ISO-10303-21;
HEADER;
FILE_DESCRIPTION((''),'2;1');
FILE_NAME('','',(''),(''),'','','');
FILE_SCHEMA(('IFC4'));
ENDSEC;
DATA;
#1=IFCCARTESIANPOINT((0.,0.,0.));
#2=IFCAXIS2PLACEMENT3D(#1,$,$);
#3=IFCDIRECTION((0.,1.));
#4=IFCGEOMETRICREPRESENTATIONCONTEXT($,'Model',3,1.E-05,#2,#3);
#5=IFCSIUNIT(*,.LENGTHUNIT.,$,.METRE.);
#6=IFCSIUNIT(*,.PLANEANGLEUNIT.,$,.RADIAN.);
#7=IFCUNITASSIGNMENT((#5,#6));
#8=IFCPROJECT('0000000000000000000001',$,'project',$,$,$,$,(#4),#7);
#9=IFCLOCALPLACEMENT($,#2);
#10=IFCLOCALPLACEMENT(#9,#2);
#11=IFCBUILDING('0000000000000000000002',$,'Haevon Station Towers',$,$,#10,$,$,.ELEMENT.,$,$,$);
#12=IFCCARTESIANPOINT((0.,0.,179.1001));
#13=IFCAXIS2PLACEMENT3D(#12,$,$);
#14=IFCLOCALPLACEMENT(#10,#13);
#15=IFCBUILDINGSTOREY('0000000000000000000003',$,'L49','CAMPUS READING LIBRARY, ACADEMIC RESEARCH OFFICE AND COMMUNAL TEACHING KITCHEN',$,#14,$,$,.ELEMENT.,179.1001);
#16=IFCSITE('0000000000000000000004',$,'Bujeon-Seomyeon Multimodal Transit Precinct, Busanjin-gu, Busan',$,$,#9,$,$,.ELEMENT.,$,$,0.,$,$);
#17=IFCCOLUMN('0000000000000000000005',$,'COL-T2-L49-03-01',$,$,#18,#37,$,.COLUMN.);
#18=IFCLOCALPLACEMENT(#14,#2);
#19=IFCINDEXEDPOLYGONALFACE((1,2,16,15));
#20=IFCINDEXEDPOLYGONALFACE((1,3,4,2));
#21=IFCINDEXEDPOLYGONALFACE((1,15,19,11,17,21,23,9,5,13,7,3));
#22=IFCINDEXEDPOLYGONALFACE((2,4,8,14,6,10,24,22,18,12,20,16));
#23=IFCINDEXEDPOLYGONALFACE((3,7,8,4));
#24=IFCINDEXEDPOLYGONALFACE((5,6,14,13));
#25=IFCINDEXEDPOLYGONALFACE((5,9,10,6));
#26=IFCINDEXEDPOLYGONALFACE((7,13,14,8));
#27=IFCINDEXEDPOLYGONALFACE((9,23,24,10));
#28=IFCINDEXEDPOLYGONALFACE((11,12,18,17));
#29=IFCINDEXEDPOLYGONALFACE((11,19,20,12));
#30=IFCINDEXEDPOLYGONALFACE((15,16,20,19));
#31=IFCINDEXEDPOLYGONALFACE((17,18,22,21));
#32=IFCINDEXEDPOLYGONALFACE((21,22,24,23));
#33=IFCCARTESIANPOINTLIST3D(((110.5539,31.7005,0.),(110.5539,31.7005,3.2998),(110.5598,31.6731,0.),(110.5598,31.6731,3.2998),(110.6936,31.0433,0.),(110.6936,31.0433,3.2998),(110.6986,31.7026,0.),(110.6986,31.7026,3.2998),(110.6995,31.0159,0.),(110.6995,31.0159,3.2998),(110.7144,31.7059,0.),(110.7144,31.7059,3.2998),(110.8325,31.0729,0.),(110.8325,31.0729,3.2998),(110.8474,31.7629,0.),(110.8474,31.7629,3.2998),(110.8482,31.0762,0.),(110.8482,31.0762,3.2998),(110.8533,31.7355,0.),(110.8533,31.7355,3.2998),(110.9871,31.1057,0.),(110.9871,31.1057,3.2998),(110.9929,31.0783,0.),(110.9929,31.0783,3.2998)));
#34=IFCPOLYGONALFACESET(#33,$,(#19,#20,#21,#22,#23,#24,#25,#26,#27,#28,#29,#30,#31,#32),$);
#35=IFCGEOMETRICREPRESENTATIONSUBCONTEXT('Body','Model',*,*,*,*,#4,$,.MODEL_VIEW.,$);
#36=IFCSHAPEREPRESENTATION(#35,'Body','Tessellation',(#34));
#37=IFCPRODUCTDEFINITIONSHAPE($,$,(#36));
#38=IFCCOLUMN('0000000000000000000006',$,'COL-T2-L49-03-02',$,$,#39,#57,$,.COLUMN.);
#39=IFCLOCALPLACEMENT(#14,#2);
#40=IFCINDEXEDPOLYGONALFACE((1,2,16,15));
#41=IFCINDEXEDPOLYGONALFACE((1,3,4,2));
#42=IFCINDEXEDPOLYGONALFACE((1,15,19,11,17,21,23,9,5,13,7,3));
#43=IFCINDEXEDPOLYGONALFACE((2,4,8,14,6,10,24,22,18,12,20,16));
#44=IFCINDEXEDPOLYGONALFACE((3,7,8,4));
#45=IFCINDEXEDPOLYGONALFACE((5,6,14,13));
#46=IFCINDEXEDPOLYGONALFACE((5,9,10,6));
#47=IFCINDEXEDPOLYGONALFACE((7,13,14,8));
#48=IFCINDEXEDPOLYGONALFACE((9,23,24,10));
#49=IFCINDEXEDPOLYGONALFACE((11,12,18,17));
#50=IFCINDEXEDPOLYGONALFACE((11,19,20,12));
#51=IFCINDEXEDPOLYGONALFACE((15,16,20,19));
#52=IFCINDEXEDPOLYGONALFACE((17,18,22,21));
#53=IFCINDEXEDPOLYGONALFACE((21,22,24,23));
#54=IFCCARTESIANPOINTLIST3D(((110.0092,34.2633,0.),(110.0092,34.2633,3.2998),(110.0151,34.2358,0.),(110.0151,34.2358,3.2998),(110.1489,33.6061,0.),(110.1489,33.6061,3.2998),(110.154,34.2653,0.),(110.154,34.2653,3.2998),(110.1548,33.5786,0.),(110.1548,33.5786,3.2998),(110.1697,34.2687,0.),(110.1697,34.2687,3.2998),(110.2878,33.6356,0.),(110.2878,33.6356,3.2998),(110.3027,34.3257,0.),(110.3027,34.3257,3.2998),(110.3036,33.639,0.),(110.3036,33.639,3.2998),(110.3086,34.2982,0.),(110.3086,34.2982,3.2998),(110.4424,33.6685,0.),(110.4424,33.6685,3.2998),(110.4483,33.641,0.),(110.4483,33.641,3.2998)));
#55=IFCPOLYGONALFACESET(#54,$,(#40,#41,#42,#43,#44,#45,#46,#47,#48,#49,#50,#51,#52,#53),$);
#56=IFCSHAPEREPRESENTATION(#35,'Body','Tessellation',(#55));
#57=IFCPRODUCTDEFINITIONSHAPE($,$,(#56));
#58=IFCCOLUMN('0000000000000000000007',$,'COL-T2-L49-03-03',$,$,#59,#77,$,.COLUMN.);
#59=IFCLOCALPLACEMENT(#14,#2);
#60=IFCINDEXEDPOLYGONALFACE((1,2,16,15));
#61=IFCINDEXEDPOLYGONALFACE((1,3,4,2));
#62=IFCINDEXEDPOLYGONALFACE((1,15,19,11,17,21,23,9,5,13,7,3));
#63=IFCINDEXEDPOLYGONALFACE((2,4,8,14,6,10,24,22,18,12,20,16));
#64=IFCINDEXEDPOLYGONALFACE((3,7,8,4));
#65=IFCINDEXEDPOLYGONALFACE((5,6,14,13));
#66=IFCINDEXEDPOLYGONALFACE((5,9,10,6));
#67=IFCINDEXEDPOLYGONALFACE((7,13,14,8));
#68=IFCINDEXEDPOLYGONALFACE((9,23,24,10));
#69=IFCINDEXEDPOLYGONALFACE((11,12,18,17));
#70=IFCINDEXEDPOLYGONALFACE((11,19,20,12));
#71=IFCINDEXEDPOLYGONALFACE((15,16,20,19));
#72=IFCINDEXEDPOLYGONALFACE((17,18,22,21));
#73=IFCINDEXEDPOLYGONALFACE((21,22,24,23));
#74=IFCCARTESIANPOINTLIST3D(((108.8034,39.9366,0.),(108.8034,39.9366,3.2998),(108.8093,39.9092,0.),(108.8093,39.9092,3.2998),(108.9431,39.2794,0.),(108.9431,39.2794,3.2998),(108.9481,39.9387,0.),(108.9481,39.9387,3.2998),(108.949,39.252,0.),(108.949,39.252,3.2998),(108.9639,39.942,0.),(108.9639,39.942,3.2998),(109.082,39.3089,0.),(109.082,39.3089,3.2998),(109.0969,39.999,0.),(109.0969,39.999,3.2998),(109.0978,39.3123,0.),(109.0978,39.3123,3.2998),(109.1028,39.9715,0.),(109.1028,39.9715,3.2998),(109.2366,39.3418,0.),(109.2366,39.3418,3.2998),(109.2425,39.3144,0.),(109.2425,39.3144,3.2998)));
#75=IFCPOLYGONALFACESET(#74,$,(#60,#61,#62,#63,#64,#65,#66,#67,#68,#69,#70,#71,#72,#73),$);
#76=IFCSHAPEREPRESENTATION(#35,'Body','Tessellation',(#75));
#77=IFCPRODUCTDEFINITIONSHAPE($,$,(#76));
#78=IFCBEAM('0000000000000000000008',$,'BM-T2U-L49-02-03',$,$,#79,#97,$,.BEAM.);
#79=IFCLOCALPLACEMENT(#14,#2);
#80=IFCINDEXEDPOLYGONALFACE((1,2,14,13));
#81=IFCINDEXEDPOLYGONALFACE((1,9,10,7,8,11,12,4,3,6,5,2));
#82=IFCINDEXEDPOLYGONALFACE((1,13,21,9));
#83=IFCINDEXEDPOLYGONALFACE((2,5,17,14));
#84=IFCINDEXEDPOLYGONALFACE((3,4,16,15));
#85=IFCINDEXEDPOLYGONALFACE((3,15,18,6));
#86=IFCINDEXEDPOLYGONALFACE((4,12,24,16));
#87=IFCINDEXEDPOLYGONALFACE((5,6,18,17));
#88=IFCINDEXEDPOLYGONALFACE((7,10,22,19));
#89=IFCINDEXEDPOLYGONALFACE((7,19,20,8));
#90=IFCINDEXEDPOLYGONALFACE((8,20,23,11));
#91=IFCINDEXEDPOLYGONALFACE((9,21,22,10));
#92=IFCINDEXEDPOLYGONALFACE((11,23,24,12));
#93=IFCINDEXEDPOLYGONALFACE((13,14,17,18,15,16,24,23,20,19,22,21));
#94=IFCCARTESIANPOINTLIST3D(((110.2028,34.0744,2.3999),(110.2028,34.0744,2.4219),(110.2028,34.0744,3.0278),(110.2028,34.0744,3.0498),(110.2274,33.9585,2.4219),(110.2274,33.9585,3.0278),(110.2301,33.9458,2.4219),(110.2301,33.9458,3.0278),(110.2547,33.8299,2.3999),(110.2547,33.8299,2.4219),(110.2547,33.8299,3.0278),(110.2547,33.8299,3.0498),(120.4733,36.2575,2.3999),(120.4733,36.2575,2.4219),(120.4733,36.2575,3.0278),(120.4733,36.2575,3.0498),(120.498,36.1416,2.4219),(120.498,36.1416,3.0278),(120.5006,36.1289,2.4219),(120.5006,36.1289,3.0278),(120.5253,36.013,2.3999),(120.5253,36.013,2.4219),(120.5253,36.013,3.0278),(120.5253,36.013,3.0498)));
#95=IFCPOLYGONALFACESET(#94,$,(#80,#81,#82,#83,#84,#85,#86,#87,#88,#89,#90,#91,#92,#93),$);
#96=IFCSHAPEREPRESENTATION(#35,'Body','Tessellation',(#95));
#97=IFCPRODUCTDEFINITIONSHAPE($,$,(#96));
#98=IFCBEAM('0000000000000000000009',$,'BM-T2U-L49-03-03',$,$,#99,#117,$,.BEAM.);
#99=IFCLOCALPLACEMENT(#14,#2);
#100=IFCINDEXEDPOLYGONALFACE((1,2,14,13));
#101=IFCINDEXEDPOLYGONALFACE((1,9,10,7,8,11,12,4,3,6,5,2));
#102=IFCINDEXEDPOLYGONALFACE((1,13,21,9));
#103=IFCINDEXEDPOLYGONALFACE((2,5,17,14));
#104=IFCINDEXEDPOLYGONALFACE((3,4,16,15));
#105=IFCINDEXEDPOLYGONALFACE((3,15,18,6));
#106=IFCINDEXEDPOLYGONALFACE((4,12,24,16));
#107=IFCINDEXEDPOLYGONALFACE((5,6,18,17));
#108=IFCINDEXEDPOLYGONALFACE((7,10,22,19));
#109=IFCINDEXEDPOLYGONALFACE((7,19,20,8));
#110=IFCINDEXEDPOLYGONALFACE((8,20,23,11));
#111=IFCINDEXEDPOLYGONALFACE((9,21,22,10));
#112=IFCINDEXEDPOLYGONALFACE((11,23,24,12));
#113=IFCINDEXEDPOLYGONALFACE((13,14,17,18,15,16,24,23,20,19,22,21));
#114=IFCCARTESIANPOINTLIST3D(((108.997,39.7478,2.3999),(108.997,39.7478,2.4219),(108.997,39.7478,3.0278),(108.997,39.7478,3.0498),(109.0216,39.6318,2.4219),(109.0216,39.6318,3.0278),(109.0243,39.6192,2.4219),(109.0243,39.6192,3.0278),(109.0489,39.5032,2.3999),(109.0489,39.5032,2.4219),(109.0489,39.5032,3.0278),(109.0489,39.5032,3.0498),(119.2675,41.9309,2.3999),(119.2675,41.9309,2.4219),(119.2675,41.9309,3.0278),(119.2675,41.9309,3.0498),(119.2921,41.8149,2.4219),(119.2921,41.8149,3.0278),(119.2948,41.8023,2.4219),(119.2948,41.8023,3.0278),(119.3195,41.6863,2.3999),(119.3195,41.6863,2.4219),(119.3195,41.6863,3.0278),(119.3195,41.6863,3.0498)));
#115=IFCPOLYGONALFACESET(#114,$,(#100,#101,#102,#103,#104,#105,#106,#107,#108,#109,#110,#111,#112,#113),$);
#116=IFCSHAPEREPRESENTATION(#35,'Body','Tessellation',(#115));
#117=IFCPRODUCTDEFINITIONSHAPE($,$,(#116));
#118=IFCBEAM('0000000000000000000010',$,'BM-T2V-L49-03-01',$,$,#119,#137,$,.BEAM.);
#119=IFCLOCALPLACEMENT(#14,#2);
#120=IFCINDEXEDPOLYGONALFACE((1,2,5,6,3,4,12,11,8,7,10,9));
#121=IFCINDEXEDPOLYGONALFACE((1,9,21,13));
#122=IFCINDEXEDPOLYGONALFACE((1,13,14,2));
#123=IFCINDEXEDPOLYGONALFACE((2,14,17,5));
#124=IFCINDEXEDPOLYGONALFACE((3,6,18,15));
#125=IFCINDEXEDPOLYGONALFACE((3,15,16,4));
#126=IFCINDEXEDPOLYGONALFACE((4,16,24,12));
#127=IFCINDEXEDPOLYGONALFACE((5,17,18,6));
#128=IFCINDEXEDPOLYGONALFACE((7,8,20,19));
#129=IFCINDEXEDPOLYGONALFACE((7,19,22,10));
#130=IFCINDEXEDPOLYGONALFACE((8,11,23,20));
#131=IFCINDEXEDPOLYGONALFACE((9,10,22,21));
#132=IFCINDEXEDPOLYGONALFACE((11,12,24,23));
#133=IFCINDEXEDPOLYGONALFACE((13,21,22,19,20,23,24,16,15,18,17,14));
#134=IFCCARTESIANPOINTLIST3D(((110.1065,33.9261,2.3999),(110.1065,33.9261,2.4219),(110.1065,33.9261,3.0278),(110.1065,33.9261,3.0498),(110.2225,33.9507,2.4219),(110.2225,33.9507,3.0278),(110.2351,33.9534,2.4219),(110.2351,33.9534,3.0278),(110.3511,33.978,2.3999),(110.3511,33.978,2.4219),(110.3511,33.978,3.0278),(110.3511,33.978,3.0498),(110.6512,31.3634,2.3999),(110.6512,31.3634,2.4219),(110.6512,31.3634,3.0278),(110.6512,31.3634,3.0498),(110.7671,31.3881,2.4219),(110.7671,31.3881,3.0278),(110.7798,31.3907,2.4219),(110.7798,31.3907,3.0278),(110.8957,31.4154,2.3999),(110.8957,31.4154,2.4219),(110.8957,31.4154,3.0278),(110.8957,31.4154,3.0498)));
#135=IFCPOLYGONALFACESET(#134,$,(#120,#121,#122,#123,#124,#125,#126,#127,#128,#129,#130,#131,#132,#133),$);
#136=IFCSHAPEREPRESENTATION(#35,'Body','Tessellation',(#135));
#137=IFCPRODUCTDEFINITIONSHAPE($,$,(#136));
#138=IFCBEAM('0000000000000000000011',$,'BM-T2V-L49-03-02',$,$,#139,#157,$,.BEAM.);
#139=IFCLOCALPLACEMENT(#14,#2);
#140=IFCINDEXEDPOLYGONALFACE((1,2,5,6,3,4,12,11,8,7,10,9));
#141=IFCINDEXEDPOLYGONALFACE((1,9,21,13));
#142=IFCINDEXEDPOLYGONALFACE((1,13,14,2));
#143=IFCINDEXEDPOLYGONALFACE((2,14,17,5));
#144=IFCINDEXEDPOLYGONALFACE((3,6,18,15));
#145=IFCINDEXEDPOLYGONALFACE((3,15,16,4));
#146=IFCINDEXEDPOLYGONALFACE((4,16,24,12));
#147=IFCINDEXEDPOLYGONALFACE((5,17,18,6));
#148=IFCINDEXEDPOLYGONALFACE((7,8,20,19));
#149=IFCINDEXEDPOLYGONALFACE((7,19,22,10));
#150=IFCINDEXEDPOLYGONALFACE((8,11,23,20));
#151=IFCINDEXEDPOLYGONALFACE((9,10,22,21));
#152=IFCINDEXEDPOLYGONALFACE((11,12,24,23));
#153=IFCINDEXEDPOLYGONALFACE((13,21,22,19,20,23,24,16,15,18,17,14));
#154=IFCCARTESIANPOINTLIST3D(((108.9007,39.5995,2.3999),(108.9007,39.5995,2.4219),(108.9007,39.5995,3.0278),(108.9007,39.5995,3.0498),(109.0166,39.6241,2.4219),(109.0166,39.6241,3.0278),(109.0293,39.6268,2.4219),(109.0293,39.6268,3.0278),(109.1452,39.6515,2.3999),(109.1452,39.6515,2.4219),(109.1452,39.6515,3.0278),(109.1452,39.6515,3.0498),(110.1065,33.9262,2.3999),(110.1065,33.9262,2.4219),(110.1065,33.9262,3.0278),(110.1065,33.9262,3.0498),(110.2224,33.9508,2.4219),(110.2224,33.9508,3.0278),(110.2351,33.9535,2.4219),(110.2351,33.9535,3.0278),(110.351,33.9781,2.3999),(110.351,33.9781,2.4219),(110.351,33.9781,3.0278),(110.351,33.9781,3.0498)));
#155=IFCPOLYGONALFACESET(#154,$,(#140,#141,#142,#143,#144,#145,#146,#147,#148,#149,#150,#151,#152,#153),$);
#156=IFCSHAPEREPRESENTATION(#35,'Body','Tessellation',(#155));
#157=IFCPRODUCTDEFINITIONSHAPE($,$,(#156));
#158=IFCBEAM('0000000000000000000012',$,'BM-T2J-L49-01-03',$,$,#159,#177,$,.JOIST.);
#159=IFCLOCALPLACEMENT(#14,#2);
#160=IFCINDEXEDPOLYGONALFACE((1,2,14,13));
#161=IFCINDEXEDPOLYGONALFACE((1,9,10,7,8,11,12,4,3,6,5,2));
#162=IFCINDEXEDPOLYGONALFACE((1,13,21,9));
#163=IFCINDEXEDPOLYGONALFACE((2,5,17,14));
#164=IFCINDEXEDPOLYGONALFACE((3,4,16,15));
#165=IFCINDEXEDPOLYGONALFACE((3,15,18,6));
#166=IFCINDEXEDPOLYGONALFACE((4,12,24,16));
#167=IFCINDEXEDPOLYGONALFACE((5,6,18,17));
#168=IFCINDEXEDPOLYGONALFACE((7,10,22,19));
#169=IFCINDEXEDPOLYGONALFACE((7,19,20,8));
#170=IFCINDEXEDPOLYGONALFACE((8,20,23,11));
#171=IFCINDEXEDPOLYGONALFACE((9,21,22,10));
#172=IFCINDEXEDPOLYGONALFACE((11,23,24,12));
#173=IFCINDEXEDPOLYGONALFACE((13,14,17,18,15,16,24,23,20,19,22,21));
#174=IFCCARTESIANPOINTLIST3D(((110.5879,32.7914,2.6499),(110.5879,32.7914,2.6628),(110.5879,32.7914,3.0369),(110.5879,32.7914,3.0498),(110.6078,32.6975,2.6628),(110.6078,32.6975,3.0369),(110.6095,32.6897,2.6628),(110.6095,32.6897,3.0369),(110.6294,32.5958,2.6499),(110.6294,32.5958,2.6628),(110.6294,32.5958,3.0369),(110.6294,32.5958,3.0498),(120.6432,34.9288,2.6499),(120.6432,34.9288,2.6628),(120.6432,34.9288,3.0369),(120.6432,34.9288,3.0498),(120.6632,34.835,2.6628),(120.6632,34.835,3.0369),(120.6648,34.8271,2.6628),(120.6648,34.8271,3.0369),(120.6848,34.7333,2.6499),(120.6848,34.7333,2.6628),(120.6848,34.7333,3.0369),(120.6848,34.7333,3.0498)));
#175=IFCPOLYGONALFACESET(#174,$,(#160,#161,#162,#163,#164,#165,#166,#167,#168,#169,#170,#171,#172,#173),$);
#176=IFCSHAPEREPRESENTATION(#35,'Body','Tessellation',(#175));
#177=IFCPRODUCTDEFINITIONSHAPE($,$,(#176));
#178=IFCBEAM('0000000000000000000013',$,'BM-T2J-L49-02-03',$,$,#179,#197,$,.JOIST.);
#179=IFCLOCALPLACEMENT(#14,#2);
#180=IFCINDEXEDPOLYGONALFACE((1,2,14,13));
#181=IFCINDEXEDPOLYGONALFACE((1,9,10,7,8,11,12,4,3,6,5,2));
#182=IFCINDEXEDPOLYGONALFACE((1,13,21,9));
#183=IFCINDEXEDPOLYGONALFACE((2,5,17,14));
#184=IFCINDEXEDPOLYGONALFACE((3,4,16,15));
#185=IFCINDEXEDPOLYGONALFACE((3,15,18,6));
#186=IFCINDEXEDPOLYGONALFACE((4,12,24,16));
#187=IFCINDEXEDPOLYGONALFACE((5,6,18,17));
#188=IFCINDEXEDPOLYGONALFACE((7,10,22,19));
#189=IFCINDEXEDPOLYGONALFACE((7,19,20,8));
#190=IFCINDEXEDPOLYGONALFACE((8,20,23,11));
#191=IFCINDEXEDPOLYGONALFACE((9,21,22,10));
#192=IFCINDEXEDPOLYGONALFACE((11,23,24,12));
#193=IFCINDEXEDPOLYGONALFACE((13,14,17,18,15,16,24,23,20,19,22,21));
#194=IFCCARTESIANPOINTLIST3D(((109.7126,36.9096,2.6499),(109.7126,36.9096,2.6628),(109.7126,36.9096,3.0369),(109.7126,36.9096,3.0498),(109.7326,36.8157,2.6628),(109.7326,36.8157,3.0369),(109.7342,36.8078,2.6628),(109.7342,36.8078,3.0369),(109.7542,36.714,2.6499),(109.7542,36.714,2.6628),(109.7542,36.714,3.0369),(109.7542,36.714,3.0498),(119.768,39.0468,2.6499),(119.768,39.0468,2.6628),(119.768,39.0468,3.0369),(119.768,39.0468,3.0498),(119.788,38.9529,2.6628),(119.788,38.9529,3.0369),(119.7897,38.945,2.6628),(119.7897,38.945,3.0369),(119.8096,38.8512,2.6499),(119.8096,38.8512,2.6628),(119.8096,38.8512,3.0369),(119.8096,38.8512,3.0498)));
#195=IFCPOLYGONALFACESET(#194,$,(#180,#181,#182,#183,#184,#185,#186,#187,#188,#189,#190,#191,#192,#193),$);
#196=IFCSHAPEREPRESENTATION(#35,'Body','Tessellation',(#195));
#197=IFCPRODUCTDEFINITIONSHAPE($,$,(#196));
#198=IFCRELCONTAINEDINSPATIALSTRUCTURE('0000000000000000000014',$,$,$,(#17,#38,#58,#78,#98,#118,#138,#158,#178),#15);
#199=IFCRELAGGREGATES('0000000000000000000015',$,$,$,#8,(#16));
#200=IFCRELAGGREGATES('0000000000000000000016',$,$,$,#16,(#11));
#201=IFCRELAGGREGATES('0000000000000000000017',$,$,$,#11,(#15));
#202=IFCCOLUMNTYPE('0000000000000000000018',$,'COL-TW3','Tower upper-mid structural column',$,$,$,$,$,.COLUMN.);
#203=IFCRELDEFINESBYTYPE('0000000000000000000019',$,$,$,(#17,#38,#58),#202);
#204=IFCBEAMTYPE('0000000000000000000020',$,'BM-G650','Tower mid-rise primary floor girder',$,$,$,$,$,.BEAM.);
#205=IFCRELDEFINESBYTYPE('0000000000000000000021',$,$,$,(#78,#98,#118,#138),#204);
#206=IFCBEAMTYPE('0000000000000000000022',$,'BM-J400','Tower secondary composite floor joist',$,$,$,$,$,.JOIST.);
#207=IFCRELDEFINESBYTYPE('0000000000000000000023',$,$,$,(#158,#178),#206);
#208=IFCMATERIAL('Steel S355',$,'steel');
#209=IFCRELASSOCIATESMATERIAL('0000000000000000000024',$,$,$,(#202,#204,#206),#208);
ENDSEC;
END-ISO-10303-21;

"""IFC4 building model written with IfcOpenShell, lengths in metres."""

from ifc_helpers import new_model, si_unit, direction, frame, origin, origin_2d, place, context, subcontext, project, spatial, i_section, extrude, material, material_profile, profile_set, type_object, element, save


model = new_model("IFC4")

# Units and contexts
model_context = context("Model", 3, precision=1e-05, world=origin(), true_north=direction((0.0, 1.0)))
body_context = subcontext(model_context, "Body", "Model", "MODEL_VIEW")
ifc_project = project(units=[si_unit("LENGTHUNIT", "METRE"), si_unit("PLANEANGLEUNIT", "RADIAN")], contexts=[model_context])

# Site, building, storey
site_placement = place(None, origin())
site = spatial("IfcSite", under=ifc_project, at=site_placement, Name="Bujeon-Seomyeon Multimodal Transit Precinct, Busanjin-gu, Busan", CompositionType="ELEMENT", RefElevation=0.0)
building_placement = place(site_placement, origin())
building = spatial("IfcBuilding", under=site, at=building_placement, Name="Haevon Station Towers", CompositionType="ELEMENT")
storey_placement = place(building_placement, frame((0.0, 0.0, 179.1001)))
storey = spatial("IfcBuildingStorey", under=building, at=storey_placement, Name="L49", Description="CAMPUS READING LIBRARY, ACADEMIC RESEARCH OFFICE AND COMMUNAL TEACHING KITCHEN", CompositionType="ELEMENT", Elevation=179.1001)

# Columns
ifc_material_1 = material(Name="Steel S355", Category="steel")
ifc_material_profile_1 = material_profile(ifc_material_1, i_section(OverallWidth=0.3, OverallDepth=0.7, WebThickness=0.0161, FlangeThickness=0.0281, at=origin_2d()), Name="H-700x300x16x28")
ifc_profile_set_1 = profile_set([ifc_material_profile_1], Name="Steel S355")
column_type = type_object("IfcColumnType", Name="COL-TW3", Description="Tower upper-mid structural column", PredefinedType="COLUMN", material=ifc_profile_set_1)
for number, where, z_axis, x_axis, name in (
    (1, (110.7734, 31.3894, 0.0), (0.0, 0.0, 1.0), (0.978148, 0.207912, 0.0), "COL-T2-L49-03-01"),
    (2, (110.2288, 33.9521, 0.0), (0.0, 0.0, 1.0), (0.978148, 0.207912, 0.0), "COL-T2-L49-03-02"),
    (3, (109.0229, 39.6255, 0.0), (0.0, 0.0, 1.0), (0.978148, 0.207912, 0.0), "COL-T2-L49-03-03"),
):
    element("IfcColumn", number, at=place(storey_placement, frame(where, z_axis=z_axis, x_axis=x_axis)), inside=storey, type_object=column_type, Name=name, PredefinedType="COLUMN", context=body_context, shape_type="SweptSolid", body=[
        extrude(i_section(OverallWidth=0.3, OverallDepth=0.7, WebThickness=0.0161, FlangeThickness=0.0281, at=origin_2d()), origin(), (0.0, 0.0, 1.0), 3.2998),
    ])

# Beams
ifc_material_profile_2 = material_profile(ifc_material_1, i_section(OverallWidth=0.25, OverallDepth=0.6499, WebThickness=0.0129, FlangeThickness=0.022, at=origin_2d()), Name="H-650x250x13x22")
ifc_profile_set_2 = profile_set([ifc_material_profile_2], Name="Steel S355")
beam_type_1 = type_object("IfcBeamType", Name="BM-G650", Description="Tower mid-rise primary floor girder", PredefinedType="BEAM", material=ifc_profile_set_2)
for number, where, z_axis, x_axis, name in (
    (4, (110.2288, 33.9521, 2.7249), (0.978147, 0.207915, 0.0), (-0.207915, 0.978147, 0.0), "BM-T2U-L49-02-03"),
    (5, (109.0229, 39.6255, 2.7249), (0.978147, 0.207915, 0.0), (-0.207915, 0.978147, 0.0), "BM-T2U-L49-03-03"),
):
    element("IfcBeam", number, at=place(storey_placement, frame(where, z_axis=z_axis, x_axis=x_axis)), inside=storey, type_object=beam_type_1, Name=name, PredefinedType="BEAM", context=body_context, shape_type="SweptSolid", body=[
        extrude(i_section(OverallWidth=0.25, OverallDepth=0.6499, WebThickness=0.0129, FlangeThickness=0.022, at=origin_2d()), origin(), (0.0, 0.0, 1.0), 10.5),
    ])
beam_1_placement = place(storey_placement, frame((110.7734, 31.3894, 2.7249), z_axis=(-0.207893, 0.978152, 0.0), x_axis=(-0.978152, -0.207893, 0.0)))
element("IfcBeam", 6, at=beam_1_placement, inside=storey, type_object=beam_type_1, Name="BM-T2V-L49-03-01", PredefinedType="BEAM", context=body_context, shape_type="SweptSolid", body=[
    extrude(i_section(OverallWidth=0.25, OverallDepth=0.6499, WebThickness=0.0129, FlangeThickness=0.022, at=origin_2d()), origin(), (0.0, 0.0, 1.0), 2.6199),
])
beam_2_placement = place(storey_placement, frame((110.2288, 33.9521, 2.7249), z_axis=(-0.207896, 0.978151, 0.0), x_axis=(-0.978151, -0.207896, 0.0)))
element("IfcBeam", 7, at=beam_2_placement, inside=storey, type_object=beam_type_1, Name="BM-T2V-L49-03-02", PredefinedType="BEAM", context=body_context, shape_type="SweptSolid", body=[
    extrude(i_section(OverallWidth=0.25, OverallDepth=0.6499, WebThickness=0.0129, FlangeThickness=0.022, at=origin_2d()), origin(), (0.0, 0.0, 1.0), 5.8),
])
ifc_material_profile_3 = material_profile(ifc_material_1, i_section(OverallWidth=0.2, OverallDepth=0.3999, WebThickness=0.0081, FlangeThickness=0.0129, at=origin_2d()), Name="H-400x200x8x13")
ifc_profile_set_3 = profile_set([ifc_material_profile_3], Name="Steel S355")
beam_type_2 = type_object("IfcBeamType", Name="BM-J400", Description="Tower secondary composite floor joist", PredefinedType="JOIST", material=ifc_profile_set_3)
for number, where, z_axis, x_axis, name in (
    (8, (110.6086, 32.6936, 2.8499), (0.978146, 0.207922, 0.0), (-0.207922, 0.978146, 0.0), "BM-T2J-L49-01-03"),
    (9, (109.7334, 36.8118, 2.8499), (0.97815, 0.207899, 0.0), (-0.207899, 0.97815, 0.0), "BM-T2J-L49-02-03"),
):
    element("IfcBeam", number, at=place(storey_placement, frame(where, z_axis=z_axis, x_axis=x_axis)), inside=storey, type_object=beam_type_2, Name=name, PredefinedType="JOIST", context=body_context, shape_type="SweptSolid", body=[
        extrude(i_section(OverallWidth=0.2, OverallDepth=0.3999, WebThickness=0.0081, FlangeThickness=0.0129, at=origin_2d()), origin(), (0.0, 0.0, 1.0), 10.28),
    ])

save(model, "model.ifc")
